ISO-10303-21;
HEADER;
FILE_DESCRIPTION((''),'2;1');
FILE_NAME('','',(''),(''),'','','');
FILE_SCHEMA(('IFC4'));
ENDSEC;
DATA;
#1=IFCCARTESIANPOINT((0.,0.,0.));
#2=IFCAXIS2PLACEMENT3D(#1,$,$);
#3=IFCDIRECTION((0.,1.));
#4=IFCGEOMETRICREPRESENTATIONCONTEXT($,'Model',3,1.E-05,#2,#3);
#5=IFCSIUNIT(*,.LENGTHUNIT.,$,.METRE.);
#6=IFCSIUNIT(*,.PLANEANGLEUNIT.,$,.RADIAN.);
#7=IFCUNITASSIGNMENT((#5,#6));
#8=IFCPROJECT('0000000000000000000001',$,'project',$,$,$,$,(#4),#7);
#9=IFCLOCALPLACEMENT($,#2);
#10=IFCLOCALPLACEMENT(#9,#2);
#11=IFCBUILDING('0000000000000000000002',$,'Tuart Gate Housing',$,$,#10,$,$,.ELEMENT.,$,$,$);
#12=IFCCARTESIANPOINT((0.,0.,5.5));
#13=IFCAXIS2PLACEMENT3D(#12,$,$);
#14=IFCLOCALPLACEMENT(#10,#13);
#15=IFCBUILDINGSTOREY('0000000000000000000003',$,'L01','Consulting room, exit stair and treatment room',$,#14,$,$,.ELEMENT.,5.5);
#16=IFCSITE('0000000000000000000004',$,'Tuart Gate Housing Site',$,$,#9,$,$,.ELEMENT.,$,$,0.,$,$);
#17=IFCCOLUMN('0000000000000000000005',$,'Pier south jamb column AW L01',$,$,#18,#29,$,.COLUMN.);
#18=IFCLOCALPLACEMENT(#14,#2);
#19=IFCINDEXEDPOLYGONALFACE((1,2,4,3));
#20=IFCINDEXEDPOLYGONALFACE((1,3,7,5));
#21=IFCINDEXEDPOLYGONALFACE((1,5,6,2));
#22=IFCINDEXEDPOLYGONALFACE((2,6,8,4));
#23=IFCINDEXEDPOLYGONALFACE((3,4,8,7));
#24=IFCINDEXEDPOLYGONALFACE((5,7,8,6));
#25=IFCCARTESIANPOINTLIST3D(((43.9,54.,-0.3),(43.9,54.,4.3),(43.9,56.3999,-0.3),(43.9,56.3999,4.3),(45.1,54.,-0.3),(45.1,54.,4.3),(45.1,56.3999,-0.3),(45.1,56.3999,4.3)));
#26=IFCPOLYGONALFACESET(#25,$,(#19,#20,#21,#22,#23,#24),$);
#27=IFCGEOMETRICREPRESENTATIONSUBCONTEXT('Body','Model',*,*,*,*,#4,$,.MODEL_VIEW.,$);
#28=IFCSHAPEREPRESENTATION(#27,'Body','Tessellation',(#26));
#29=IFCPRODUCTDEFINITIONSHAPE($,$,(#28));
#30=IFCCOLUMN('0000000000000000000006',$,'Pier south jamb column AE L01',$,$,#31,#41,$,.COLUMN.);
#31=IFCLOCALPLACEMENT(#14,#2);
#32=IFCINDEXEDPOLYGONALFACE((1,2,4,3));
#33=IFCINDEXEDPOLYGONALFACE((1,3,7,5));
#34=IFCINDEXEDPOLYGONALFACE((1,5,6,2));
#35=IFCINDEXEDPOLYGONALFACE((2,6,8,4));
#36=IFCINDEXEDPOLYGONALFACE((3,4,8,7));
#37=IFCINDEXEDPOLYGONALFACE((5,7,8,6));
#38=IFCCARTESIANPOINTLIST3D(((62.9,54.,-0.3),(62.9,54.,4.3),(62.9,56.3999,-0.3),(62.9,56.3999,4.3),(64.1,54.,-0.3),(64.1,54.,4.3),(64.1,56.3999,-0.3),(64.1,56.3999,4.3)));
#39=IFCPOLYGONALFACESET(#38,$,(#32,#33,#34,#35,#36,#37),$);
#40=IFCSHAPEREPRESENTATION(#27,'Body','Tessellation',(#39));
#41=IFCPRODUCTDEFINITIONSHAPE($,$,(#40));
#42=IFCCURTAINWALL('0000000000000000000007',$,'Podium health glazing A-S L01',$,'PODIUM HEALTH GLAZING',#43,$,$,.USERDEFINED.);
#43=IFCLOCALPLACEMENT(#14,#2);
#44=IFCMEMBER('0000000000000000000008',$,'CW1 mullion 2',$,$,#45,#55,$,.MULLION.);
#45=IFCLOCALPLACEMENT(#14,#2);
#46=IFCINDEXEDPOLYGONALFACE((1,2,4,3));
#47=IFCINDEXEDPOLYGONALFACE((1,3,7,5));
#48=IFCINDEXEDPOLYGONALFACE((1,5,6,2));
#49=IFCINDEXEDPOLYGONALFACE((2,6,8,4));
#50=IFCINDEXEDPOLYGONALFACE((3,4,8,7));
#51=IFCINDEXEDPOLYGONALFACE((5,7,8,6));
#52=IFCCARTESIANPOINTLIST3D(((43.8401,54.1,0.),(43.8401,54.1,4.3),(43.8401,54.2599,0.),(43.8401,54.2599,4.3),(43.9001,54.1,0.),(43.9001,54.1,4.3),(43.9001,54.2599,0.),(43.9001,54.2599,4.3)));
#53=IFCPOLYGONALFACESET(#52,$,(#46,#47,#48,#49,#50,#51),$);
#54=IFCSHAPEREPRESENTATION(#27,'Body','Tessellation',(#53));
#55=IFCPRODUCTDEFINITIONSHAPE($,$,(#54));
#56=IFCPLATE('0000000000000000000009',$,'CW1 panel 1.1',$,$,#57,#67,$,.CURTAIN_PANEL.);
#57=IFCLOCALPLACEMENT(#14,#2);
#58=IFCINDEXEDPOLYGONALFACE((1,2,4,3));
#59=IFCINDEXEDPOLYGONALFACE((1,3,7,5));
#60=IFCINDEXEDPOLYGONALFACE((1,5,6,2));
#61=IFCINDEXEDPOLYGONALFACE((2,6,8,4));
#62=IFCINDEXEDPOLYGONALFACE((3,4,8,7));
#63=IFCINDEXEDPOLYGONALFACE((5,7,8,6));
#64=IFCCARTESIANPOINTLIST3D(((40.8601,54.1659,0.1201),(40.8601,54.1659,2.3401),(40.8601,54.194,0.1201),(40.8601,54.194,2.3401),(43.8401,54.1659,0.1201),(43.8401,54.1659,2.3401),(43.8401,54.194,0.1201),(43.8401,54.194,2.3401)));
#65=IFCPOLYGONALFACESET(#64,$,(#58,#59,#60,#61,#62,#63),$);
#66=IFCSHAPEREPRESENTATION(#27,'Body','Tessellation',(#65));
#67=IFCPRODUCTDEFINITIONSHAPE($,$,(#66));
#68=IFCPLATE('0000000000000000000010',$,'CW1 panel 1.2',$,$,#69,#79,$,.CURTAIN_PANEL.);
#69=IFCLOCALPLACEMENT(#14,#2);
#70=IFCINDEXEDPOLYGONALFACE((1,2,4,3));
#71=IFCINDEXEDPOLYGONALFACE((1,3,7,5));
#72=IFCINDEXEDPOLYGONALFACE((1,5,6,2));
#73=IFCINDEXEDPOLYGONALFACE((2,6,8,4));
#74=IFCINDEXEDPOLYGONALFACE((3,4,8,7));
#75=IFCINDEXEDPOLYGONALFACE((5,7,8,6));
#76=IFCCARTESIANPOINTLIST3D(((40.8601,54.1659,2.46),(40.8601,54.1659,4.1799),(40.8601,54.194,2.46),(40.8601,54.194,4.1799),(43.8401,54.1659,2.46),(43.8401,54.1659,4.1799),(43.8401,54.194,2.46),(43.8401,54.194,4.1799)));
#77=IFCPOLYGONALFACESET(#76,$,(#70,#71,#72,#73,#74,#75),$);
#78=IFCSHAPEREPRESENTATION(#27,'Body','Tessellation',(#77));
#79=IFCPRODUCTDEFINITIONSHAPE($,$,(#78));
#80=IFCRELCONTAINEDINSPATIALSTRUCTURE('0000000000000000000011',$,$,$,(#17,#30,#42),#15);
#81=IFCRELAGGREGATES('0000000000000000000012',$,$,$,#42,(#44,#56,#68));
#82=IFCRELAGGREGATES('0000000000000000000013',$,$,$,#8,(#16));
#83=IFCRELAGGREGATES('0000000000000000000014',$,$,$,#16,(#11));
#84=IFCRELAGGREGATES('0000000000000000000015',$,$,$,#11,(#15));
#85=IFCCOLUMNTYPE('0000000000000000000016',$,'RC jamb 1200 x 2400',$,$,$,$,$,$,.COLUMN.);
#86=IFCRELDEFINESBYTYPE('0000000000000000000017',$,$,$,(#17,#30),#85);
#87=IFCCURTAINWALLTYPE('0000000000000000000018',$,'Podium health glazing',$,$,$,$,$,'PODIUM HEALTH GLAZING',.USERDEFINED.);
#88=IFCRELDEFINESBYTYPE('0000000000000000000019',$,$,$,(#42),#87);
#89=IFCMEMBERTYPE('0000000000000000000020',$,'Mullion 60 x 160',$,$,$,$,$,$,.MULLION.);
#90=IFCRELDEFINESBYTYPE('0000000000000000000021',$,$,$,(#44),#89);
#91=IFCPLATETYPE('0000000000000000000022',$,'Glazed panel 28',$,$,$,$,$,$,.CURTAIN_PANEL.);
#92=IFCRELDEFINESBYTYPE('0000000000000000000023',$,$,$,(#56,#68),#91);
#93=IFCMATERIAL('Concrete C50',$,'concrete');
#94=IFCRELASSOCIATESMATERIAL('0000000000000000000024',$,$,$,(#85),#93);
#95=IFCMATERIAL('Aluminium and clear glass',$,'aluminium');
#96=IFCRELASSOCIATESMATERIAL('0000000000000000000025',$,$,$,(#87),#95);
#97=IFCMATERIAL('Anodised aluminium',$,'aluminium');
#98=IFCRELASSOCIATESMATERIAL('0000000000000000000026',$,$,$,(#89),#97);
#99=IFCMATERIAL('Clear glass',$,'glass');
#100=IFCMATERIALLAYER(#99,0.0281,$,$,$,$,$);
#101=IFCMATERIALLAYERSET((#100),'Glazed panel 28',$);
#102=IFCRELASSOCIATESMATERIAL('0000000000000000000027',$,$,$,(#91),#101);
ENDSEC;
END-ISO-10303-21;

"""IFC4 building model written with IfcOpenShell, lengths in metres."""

from ifc_helpers import new_model, si_unit, direction, frame, origin, origin_2d, place, context, subcontext, project, spatial, rectangle, extrude, material, layer, layer_set, material_profile, profile_set, type_object, element, aggregate, save


model = new_model("IFC4")

# Units and contexts
model_context = context("Model", 3, precision=1e-05, world=origin(), true_north=direction((0.0, 1.0)))
body_context = subcontext(model_context, "Body", "Model", "MODEL_VIEW")
ifc_project = project(units=[si_unit("LENGTHUNIT", "METRE"), si_unit("PLANEANGLEUNIT", "RADIAN")], contexts=[model_context])

# Site, building, storey
site_placement = place(None, origin())
site = spatial("IfcSite", under=ifc_project, at=site_placement, Name="Tuart Gate Housing Site", CompositionType="ELEMENT", RefElevation=0.0)
building_placement = place(site_placement, origin())
building = spatial("IfcBuilding", under=site, at=building_placement, Name="Tuart Gate Housing", CompositionType="ELEMENT")
storey_placement = place(building_placement, frame((0.0, 0.0, 5.5)))
storey = spatial("IfcBuildingStorey", under=building, at=storey_placement, Name="L01", Description="Consulting room, exit stair and treatment room", CompositionType="ELEMENT", Elevation=5.5)

# Columns
ifc_material_1 = material(Name="Concrete C50", Category="concrete")
ifc_material_profile_1 = material_profile(ifc_material_1, rectangle(XDim=1.2, YDim=2.3999, at=origin_2d()), Name="RC jamb 1200 x 2400")
ifc_profile_set_1 = profile_set([ifc_material_profile_1], Name="Concrete C50")
column_type = type_object("IfcColumnType", Name="RC jamb 1200 x 2400", PredefinedType="COLUMN", material=ifc_profile_set_1)
for number, where, z_axis, x_axis, name in (
    (1, (44.5, 55.2, -0.3), (0.0, 0.0, 1.0), (1.0, 0.0, 0.0), "Pier south jamb column AW L01"),
    (2, (63.5, 55.2, -0.3), (0.0, 0.0, 1.0), (1.0, 0.0, 0.0), "Pier south jamb column AE L01"),
):
    element("IfcColumn", number, at=place(storey_placement, frame(where, z_axis=z_axis, x_axis=x_axis)), inside=storey, type_object=column_type, Name=name, PredefinedType="COLUMN", context=body_context, shape_type="SweptSolid", body=[
        extrude(rectangle(XDim=1.2, YDim=2.3999, at=origin_2d()), origin(), (0.0, 0.0, 1.0), 4.6001),
    ])

# Curtain wall, member, plates
ifc_material_2 = material(Name="Aluminium and clear glass", Category="aluminium")
curtain_wall_type = type_object("IfcCurtainWallType", Name="Podium health glazing", ElementType="PODIUM HEALTH GLAZING", PredefinedType="USERDEFINED", material=ifc_material_2)
curtain_wall_placement = place(storey_placement, origin())
curtain_wall = element("IfcCurtainWall", 3, at=curtain_wall_placement, inside=storey, type_object=curtain_wall_type, Name="Podium health glazing A-S L01", ObjectType="PODIUM HEALTH GLAZING", PredefinedType="USERDEFINED")
ifc_material_3 = material(Name="Anodised aluminium", Category="aluminium")
ifc_material_profile_2 = material_profile(ifc_material_3, rectangle(XDim=0.0601, YDim=0.1599, at=origin_2d()), Name="60x160")
ifc_profile_set_2 = profile_set([ifc_material_profile_2], Name="Anodised aluminium")
member_type = type_object("IfcMemberType", Name="Mullion 60 x 160", PredefinedType="MULLION", material=ifc_profile_set_2)
member_placement = place(storey_placement, frame((43.8701, 54.1799, 0.0), z_axis=(0.0, 0.0, 1.0), x_axis=(1.0, 0.0, 0.0)))
member = element("IfcMember", 4, at=member_placement, type_object=member_type, Name="CW1 mullion 2", PredefinedType="MULLION", context=body_context, shape_type="SweptSolid", body=[
    extrude(rectangle(XDim=0.0601, YDim=0.1599, at=origin_2d()), origin(), (0.0, 0.0, 1.0), 4.3),
])
ifc_material_4 = material(Name="Clear glass", Category="glass")
ifc_layer_1 = layer(ifc_material_4, 0.0281)
ifc_layer_set_1 = layer_set([ifc_layer_1], Name="Glazed panel 28")
plate_type = type_object("IfcPlateType", Name="Glazed panel 28", PredefinedType="CURTAIN_PANEL", material=ifc_layer_set_1)
plate_1_placement = place(storey_placement, frame((42.3501, 54.1799, 0.1201), z_axis=(0.0, 0.0, 1.0), x_axis=(1.0, 0.0, 0.0)))
plate_1 = element("IfcPlate", 5, at=plate_1_placement, type_object=plate_type, Name="CW1 panel 1.1", PredefinedType="CURTAIN_PANEL", context=body_context, shape_type="SweptSolid", body=[
    extrude(rectangle(XDim=2.98, YDim=0.0281, at=origin_2d()), origin(), (0.0, 0.0, 1.0), 2.22),
])
plate_2_placement = place(storey_placement, frame((42.3501, 54.1799, 2.46), z_axis=(0.0, 0.0, 1.0), x_axis=(1.0, 0.0, 0.0)))
plate_2 = element("IfcPlate", 6, at=plate_2_placement, type_object=plate_type, Name="CW1 panel 1.2", PredefinedType="CURTAIN_PANEL", context=body_context, shape_type="SweptSolid", body=[
    extrude(rectangle(XDim=2.98, YDim=0.0281, at=origin_2d()), origin(), (0.0, 0.0, 1.0), 1.72),
])
aggregate(curtain_wall, [member, plate_1, plate_2])

save(model, "model.ifc")
